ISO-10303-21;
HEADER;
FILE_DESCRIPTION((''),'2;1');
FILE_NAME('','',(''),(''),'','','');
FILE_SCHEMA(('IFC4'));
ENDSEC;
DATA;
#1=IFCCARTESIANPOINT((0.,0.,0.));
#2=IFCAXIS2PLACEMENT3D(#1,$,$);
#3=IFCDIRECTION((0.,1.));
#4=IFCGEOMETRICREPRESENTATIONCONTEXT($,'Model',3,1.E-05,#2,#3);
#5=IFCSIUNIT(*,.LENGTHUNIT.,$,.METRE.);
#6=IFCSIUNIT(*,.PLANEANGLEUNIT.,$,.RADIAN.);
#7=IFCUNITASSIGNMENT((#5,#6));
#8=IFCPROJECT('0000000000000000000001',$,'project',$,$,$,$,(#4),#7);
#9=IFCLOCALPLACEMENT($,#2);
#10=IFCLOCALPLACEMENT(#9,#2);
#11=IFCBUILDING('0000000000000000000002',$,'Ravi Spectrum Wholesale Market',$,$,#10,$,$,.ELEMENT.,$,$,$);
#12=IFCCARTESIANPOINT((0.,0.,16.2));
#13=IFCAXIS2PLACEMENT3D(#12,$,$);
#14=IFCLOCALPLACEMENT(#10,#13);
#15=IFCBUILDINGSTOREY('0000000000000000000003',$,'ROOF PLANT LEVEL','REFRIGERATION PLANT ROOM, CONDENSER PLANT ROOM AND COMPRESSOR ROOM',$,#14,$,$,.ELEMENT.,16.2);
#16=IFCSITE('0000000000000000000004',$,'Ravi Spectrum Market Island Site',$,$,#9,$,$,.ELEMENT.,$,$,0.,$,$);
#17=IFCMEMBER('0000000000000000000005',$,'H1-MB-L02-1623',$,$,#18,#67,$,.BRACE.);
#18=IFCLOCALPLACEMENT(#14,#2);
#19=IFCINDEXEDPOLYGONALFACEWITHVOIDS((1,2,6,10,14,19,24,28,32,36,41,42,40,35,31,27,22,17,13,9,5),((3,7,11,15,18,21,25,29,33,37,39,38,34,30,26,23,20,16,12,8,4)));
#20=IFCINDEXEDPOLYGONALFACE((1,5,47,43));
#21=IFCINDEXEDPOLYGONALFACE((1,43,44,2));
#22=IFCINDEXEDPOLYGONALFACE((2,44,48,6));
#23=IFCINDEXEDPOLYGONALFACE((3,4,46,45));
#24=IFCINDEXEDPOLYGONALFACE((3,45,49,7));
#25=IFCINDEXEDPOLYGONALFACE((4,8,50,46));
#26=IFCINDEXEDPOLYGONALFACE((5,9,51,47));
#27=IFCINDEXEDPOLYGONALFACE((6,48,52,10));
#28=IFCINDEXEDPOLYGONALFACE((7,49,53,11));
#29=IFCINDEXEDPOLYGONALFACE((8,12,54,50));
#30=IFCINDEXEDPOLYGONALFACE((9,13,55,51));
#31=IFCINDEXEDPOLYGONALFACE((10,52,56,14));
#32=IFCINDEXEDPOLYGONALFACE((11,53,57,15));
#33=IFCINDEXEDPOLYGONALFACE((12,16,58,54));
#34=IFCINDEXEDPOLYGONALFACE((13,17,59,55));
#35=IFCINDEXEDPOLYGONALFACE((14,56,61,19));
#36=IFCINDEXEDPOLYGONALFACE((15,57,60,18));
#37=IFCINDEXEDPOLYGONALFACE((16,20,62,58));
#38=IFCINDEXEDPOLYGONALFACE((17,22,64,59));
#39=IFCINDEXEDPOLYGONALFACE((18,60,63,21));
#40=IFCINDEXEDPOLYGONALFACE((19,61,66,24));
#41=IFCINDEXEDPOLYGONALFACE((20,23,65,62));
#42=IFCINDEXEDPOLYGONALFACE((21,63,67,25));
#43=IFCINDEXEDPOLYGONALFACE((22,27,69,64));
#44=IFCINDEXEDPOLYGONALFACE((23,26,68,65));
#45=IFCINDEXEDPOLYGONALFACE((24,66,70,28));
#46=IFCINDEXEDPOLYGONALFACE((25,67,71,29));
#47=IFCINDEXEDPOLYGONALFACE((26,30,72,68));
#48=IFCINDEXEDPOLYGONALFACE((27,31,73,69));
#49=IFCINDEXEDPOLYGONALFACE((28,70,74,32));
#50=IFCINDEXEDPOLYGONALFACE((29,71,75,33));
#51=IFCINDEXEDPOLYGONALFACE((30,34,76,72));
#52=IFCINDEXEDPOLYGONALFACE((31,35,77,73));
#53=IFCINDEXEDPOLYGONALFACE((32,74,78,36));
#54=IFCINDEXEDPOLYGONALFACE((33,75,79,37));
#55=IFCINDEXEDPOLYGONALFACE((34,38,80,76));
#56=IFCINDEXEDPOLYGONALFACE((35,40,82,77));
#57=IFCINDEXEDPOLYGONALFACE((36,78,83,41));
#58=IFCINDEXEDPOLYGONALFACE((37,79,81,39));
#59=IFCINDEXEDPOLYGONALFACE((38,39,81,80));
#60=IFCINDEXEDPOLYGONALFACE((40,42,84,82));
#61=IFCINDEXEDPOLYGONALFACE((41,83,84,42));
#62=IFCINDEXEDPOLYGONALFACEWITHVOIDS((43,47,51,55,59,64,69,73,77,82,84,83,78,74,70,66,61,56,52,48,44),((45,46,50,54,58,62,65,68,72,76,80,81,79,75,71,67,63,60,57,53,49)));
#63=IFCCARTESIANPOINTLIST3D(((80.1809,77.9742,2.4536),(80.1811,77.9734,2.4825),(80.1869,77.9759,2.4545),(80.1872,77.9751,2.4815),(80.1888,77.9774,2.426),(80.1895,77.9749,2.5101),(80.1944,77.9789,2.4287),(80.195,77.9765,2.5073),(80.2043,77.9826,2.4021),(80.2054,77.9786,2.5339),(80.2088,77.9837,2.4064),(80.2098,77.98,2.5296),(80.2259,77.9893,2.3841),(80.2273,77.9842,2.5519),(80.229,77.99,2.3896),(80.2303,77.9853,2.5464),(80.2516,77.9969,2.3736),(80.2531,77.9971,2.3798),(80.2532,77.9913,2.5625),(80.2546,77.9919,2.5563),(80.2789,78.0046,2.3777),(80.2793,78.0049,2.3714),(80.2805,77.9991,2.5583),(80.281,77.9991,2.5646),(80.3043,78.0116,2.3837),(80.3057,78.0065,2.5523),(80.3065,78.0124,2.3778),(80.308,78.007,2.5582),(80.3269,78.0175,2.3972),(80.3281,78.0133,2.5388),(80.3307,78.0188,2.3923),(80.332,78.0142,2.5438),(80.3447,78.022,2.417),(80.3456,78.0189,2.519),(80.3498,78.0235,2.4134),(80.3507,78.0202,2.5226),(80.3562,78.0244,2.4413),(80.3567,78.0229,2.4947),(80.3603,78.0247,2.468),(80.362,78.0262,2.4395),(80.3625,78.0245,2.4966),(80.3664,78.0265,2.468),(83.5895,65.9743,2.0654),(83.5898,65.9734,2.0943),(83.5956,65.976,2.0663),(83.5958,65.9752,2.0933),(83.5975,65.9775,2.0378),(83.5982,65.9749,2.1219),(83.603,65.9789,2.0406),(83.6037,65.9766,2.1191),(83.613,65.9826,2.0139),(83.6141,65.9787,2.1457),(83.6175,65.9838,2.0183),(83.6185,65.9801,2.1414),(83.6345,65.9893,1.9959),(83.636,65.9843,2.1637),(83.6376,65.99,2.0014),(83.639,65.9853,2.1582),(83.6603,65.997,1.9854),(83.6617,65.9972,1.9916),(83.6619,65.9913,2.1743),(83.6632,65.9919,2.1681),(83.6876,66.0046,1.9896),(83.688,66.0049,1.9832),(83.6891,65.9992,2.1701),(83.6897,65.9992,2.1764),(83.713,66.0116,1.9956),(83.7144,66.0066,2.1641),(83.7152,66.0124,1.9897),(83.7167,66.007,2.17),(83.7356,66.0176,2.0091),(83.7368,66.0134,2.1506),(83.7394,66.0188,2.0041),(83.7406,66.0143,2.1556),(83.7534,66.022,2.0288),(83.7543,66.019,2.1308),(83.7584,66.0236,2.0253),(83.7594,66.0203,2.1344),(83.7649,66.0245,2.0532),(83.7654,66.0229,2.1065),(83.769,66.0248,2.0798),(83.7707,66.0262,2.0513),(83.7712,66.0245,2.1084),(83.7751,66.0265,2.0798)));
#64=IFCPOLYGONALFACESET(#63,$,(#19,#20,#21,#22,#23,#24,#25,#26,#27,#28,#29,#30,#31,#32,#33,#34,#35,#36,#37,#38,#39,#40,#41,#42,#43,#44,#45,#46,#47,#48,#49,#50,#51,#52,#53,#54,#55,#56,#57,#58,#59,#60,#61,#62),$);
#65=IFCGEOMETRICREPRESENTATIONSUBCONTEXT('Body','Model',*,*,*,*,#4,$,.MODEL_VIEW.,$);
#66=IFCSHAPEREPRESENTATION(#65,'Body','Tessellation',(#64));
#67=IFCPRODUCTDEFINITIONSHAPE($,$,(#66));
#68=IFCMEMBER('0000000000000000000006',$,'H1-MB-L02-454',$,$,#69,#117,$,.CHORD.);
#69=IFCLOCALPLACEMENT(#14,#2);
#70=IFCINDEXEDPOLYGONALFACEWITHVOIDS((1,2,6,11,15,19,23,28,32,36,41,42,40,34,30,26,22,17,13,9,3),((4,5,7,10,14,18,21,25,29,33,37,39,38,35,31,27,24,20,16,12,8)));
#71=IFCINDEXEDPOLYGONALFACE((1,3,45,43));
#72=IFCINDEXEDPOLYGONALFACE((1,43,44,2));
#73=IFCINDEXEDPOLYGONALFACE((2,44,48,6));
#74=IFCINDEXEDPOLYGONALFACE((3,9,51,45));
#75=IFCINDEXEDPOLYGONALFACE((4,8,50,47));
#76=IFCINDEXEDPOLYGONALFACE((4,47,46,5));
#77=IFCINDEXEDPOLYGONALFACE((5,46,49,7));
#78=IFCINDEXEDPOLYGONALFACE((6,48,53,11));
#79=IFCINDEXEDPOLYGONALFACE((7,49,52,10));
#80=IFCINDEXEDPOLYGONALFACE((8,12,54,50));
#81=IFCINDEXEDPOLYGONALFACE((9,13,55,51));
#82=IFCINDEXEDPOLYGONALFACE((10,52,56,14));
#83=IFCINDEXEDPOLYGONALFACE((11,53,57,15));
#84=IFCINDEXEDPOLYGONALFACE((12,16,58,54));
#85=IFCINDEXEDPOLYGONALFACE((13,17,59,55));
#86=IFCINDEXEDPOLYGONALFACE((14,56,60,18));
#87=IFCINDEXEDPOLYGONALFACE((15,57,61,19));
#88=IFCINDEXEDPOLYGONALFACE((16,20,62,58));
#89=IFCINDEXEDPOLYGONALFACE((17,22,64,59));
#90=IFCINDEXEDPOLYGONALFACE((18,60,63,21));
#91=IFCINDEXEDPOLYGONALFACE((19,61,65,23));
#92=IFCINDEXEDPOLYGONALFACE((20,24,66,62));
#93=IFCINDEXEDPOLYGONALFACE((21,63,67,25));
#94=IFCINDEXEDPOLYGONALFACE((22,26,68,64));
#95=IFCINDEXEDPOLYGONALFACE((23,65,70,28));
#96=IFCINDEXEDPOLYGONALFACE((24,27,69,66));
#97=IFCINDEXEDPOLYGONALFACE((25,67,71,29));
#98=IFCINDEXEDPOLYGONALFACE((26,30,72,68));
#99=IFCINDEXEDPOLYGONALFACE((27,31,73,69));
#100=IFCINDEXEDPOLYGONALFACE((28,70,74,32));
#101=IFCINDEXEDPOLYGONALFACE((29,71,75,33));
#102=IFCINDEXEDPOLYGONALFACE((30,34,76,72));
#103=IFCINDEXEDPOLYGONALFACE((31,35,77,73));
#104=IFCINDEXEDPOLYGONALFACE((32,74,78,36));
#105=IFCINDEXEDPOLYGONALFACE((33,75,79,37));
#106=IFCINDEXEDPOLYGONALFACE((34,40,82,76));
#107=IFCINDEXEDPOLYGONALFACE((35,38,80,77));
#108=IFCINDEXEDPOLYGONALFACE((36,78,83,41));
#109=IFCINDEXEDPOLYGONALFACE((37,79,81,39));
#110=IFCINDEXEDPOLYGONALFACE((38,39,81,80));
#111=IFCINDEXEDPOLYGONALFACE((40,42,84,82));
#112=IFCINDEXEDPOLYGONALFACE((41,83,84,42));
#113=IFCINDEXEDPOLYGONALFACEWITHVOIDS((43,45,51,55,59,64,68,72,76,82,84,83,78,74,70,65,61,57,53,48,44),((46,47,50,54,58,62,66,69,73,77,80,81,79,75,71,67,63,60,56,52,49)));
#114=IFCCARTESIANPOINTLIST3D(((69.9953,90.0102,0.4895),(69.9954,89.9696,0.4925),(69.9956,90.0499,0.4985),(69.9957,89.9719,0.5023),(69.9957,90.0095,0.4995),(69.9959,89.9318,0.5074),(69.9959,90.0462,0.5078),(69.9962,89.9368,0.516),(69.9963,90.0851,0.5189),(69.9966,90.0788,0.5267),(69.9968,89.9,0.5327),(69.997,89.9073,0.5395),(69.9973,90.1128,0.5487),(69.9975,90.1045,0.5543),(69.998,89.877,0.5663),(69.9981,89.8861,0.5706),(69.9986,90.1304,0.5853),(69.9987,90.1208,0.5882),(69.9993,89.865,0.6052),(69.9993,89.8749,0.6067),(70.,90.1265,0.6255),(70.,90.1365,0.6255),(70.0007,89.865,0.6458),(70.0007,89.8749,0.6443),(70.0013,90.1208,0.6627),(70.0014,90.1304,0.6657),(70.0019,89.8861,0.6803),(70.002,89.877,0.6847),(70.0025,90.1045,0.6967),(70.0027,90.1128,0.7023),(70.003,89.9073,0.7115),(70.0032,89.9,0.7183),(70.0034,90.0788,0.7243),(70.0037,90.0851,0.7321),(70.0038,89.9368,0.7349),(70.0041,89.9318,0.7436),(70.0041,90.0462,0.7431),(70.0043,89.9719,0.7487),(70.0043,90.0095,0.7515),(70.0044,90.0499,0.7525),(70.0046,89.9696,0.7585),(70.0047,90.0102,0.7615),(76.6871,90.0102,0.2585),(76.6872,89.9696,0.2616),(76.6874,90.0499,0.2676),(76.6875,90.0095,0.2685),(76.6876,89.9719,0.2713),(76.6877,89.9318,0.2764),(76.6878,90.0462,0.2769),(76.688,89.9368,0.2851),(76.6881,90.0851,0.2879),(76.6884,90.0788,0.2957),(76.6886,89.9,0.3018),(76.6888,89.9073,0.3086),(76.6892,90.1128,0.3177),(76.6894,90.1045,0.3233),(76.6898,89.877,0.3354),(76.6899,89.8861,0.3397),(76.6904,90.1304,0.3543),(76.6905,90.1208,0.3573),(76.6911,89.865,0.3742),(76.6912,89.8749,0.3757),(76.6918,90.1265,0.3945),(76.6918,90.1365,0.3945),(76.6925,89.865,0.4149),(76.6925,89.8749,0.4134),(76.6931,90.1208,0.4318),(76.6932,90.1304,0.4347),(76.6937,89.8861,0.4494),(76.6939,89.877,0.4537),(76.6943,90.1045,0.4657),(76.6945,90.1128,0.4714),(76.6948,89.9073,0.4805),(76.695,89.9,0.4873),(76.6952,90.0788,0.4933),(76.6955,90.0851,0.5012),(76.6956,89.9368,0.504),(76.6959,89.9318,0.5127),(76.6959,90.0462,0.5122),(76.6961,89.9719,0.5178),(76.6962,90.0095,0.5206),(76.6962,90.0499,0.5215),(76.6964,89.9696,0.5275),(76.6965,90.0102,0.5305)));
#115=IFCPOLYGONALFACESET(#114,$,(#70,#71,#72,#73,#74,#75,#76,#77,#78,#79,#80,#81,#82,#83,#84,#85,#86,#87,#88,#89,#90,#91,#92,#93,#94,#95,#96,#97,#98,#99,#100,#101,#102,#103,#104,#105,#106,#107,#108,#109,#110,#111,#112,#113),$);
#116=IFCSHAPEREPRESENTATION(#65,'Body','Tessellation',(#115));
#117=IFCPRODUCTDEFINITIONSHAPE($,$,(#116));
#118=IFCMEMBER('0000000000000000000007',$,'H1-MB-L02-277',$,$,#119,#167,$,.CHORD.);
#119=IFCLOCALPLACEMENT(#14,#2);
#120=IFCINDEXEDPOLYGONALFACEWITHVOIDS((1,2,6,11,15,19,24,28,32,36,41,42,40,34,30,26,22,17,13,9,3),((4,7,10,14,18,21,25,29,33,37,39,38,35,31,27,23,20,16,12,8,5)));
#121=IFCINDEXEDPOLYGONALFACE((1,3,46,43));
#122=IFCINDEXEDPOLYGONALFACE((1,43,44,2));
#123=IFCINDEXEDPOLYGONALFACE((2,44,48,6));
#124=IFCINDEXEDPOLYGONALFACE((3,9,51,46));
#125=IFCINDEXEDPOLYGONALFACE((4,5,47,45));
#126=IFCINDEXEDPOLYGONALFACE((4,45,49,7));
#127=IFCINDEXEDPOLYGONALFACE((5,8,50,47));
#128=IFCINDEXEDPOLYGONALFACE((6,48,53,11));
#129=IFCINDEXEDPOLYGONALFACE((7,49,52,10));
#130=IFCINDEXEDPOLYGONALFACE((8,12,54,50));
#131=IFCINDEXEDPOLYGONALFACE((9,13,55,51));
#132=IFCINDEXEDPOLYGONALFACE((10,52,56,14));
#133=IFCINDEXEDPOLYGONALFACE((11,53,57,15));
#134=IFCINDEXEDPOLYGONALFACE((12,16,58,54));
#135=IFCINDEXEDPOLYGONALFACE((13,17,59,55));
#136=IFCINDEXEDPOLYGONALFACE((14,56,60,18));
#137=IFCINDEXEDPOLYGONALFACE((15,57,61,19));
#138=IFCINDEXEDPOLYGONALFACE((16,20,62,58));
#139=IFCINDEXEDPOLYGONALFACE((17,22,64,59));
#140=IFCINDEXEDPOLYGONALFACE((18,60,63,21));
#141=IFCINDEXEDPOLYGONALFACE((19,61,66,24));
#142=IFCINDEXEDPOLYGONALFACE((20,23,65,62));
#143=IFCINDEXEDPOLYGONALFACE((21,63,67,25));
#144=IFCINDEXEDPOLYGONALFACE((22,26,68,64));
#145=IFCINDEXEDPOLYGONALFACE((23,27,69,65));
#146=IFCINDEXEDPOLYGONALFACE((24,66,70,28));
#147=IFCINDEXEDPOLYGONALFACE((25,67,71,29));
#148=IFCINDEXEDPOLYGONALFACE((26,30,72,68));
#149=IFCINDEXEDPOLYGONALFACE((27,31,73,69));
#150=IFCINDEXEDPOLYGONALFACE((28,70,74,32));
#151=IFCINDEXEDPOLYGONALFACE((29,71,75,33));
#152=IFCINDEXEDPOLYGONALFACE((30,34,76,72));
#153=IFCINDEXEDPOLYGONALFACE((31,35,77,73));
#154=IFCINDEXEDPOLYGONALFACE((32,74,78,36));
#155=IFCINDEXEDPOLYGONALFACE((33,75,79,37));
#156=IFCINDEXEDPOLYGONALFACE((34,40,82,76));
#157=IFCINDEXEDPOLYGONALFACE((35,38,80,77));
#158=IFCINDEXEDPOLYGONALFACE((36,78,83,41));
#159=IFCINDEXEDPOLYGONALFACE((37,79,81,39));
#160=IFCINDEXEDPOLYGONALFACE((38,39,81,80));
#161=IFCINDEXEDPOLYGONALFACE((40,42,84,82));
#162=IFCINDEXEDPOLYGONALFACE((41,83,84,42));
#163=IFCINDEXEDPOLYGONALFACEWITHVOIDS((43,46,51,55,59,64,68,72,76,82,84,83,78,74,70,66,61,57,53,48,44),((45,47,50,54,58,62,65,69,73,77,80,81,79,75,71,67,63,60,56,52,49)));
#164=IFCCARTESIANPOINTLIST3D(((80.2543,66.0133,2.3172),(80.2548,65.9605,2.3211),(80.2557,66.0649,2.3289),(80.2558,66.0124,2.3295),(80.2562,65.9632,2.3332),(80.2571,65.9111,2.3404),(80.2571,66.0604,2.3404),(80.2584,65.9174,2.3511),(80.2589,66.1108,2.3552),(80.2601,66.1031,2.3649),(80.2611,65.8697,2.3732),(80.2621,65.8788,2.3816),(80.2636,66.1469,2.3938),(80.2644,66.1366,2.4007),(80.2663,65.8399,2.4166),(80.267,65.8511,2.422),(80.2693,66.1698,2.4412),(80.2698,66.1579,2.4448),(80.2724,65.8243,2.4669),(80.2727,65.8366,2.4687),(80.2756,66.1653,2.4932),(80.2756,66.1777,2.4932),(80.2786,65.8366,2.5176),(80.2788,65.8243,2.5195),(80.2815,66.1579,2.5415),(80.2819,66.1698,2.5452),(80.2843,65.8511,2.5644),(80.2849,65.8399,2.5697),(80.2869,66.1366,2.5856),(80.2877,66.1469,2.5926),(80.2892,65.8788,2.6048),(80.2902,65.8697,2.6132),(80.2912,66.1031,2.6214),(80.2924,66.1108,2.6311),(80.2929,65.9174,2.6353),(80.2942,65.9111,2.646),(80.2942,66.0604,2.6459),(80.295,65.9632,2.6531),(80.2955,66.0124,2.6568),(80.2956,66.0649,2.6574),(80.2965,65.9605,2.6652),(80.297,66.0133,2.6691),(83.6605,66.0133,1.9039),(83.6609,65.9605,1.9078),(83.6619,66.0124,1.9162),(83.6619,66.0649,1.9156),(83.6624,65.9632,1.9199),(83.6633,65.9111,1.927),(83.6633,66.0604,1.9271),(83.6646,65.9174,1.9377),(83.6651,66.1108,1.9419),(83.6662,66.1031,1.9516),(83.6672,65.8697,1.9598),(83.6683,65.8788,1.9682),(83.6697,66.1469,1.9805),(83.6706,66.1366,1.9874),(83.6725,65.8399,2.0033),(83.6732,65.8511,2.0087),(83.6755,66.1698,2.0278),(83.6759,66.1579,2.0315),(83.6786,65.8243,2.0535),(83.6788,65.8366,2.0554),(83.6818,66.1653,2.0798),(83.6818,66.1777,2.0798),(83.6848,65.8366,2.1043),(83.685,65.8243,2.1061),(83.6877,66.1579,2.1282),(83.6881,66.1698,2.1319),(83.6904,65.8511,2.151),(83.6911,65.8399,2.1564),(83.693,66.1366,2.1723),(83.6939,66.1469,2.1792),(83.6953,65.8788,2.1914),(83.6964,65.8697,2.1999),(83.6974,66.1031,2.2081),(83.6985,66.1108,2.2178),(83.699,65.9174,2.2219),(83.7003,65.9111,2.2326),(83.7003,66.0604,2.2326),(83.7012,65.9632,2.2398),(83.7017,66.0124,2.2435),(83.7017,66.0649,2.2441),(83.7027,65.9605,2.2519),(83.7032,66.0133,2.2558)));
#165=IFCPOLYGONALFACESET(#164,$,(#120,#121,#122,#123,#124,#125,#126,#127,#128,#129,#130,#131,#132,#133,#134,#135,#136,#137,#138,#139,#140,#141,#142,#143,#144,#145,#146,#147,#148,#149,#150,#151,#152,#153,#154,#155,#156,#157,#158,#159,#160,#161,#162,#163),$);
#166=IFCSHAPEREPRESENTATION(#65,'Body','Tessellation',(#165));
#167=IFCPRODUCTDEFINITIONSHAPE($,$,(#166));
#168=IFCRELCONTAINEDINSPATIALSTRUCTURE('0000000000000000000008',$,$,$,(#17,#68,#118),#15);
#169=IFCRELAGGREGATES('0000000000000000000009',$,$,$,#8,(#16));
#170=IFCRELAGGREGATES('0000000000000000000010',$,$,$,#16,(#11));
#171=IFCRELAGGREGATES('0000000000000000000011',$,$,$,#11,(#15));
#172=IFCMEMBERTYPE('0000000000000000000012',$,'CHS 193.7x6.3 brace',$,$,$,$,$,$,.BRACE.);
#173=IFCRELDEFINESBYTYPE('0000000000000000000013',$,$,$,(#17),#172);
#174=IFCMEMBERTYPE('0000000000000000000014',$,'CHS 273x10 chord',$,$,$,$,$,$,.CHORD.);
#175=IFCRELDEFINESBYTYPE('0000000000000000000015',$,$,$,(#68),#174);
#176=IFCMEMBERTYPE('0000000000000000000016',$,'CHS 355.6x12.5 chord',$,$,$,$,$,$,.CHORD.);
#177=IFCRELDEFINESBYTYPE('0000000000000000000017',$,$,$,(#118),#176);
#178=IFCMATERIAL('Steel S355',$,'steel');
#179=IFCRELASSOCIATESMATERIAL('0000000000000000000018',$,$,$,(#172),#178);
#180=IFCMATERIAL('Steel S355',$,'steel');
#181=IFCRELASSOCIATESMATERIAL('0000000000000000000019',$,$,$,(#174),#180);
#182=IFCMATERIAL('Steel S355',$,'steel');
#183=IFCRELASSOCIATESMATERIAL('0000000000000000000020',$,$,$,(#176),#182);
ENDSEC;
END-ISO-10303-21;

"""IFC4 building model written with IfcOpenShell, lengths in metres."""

from ifc_helpers import new_model, si_unit, direction, frame, origin, origin_2d, place, context, subcontext, project, spatial, hollow_circle, extrude, material, material_profile, profile_set, type_object, element, save


model = new_model("IFC4")

# Units and contexts
model_context = context("Model", 3, precision=1e-05, world=origin(), true_north=direction((0.0, 1.0)))
body_context = subcontext(model_context, "Body", "Model", "MODEL_VIEW")
ifc_project = project(units=[si_unit("LENGTHUNIT", "METRE"), si_unit("PLANEANGLEUNIT", "RADIAN")], contexts=[model_context])

# Site, building, storey
site_placement = place(None, origin())
site = spatial("IfcSite", under=ifc_project, at=site_placement, Name="Ravi Spectrum Market Island Site", CompositionType="ELEMENT", RefElevation=0.0)
building_placement = place(site_placement, origin())
building = spatial("IfcBuilding", under=site, at=building_placement, Name="Ravi Spectrum Wholesale Market", CompositionType="ELEMENT")
storey_placement = place(building_placement, frame((0.0, 0.0, 16.2)))
storey = spatial("IfcBuildingStorey", under=building, at=storey_placement, Name="ROOF PLANT LEVEL", Description="REFRIGERATION PLANT ROOM, CONDENSER PLANT ROOM AND COMPRESSOR ROOM", CompositionType="ELEMENT", Elevation=16.2)

# Members
ifc_material_1 = material(Name="Steel S355", Category="steel")
ifc_material_profile_1 = material_profile(ifc_material_1, hollow_circle(Radius=0.0969, WallThickness=0.0063, at=origin_2d()))
ifc_profile_set_1 = profile_set([ifc_material_profile_1], Name="Steel S355")
member_type_1 = type_object("IfcMemberType", Name="CHS 193.7x6.3 brace", PredefinedType="BRACE", material=ifc_profile_set_1)
for number, where, z_axis, x_axis, name in (
    (1, (80.2732, 78.0, 2.468), (0.273115, -0.961478, -0.031103), (0.961944, 0.273247, 0.0), "H1-MB-L02-1623"),
):
    element("IfcMember", number, at=place(storey_placement, frame(where, z_axis=z_axis, x_axis=x_axis)), inside=storey, type_object=member_type_1, Name=name, PredefinedType="BRACE", context=body_context, shape_type="SweptSolid", body=[
        extrude(hollow_circle(Radius=0.0969, WallThickness=0.0063, at=origin_2d()), origin(), (0.0, 0.0, 1.0), 12.4807),
    ])
ifc_material_2 = material(Name="Steel S355", Category="steel")
ifc_material_profile_2 = material_profile(ifc_material_2, hollow_circle(Radius=0.1365, WallThickness=0.01, at=origin_2d()))
ifc_profile_set_2 = profile_set([ifc_material_profile_2], Name="Steel S355")
member_type_2 = type_object("IfcMemberType", Name="CHS 273x10 chord", PredefinedType="CHORD", material=ifc_profile_set_2)
member_1_placement = place(storey_placement, frame((70.0, 90.0, 0.6255), z_axis=(0.999405, 0.0, -0.034492), x_axis=(0.0, 1.0, 0.0)))
element("IfcMember", 2, at=member_1_placement, inside=storey, type_object=member_type_2, Name="H1-MB-L02-454", PredefinedType="CHORD", context=body_context, shape_type="SweptSolid", body=[
    extrude(hollow_circle(Radius=0.1365, WallThickness=0.01, at=origin_2d()), origin(), (0.0, 0.0, 1.0), 6.6958),
])
ifc_material_3 = material(Name="Steel S355", Category="steel")
ifc_material_profile_3 = material_profile(ifc_material_3, hollow_circle(Radius=0.1777, WallThickness=0.0125, at=origin_2d()))
ifc_profile_set_3 = profile_set([ifc_material_profile_3], Name="Steel S355")
member_type_3 = type_object("IfcMemberType", Name="CHS 355.6x12.5 chord", PredefinedType="CHORD", material=ifc_profile_set_3)
for number, where, z_axis, x_axis, name in (
    (3, (80.2756, 66.0, 2.4932), (0.992718, 0.0, -0.120461), (0.0, 1.0, 0.0), "H1-MB-L02-277"),
):
    element("IfcMember", number, at=place(storey_placement, frame(where, z_axis=z_axis, x_axis=x_axis)), inside=storey, type_object=member_type_3, Name=name, PredefinedType="CHORD", context=body_context, shape_type="SweptSolid", body=[
        extrude(hollow_circle(Radius=0.1777, WallThickness=0.0125, at=origin_2d()), origin(), (0.0, 0.0, 1.0), 3.4312),
    ])

save(model, "model.ifc")
